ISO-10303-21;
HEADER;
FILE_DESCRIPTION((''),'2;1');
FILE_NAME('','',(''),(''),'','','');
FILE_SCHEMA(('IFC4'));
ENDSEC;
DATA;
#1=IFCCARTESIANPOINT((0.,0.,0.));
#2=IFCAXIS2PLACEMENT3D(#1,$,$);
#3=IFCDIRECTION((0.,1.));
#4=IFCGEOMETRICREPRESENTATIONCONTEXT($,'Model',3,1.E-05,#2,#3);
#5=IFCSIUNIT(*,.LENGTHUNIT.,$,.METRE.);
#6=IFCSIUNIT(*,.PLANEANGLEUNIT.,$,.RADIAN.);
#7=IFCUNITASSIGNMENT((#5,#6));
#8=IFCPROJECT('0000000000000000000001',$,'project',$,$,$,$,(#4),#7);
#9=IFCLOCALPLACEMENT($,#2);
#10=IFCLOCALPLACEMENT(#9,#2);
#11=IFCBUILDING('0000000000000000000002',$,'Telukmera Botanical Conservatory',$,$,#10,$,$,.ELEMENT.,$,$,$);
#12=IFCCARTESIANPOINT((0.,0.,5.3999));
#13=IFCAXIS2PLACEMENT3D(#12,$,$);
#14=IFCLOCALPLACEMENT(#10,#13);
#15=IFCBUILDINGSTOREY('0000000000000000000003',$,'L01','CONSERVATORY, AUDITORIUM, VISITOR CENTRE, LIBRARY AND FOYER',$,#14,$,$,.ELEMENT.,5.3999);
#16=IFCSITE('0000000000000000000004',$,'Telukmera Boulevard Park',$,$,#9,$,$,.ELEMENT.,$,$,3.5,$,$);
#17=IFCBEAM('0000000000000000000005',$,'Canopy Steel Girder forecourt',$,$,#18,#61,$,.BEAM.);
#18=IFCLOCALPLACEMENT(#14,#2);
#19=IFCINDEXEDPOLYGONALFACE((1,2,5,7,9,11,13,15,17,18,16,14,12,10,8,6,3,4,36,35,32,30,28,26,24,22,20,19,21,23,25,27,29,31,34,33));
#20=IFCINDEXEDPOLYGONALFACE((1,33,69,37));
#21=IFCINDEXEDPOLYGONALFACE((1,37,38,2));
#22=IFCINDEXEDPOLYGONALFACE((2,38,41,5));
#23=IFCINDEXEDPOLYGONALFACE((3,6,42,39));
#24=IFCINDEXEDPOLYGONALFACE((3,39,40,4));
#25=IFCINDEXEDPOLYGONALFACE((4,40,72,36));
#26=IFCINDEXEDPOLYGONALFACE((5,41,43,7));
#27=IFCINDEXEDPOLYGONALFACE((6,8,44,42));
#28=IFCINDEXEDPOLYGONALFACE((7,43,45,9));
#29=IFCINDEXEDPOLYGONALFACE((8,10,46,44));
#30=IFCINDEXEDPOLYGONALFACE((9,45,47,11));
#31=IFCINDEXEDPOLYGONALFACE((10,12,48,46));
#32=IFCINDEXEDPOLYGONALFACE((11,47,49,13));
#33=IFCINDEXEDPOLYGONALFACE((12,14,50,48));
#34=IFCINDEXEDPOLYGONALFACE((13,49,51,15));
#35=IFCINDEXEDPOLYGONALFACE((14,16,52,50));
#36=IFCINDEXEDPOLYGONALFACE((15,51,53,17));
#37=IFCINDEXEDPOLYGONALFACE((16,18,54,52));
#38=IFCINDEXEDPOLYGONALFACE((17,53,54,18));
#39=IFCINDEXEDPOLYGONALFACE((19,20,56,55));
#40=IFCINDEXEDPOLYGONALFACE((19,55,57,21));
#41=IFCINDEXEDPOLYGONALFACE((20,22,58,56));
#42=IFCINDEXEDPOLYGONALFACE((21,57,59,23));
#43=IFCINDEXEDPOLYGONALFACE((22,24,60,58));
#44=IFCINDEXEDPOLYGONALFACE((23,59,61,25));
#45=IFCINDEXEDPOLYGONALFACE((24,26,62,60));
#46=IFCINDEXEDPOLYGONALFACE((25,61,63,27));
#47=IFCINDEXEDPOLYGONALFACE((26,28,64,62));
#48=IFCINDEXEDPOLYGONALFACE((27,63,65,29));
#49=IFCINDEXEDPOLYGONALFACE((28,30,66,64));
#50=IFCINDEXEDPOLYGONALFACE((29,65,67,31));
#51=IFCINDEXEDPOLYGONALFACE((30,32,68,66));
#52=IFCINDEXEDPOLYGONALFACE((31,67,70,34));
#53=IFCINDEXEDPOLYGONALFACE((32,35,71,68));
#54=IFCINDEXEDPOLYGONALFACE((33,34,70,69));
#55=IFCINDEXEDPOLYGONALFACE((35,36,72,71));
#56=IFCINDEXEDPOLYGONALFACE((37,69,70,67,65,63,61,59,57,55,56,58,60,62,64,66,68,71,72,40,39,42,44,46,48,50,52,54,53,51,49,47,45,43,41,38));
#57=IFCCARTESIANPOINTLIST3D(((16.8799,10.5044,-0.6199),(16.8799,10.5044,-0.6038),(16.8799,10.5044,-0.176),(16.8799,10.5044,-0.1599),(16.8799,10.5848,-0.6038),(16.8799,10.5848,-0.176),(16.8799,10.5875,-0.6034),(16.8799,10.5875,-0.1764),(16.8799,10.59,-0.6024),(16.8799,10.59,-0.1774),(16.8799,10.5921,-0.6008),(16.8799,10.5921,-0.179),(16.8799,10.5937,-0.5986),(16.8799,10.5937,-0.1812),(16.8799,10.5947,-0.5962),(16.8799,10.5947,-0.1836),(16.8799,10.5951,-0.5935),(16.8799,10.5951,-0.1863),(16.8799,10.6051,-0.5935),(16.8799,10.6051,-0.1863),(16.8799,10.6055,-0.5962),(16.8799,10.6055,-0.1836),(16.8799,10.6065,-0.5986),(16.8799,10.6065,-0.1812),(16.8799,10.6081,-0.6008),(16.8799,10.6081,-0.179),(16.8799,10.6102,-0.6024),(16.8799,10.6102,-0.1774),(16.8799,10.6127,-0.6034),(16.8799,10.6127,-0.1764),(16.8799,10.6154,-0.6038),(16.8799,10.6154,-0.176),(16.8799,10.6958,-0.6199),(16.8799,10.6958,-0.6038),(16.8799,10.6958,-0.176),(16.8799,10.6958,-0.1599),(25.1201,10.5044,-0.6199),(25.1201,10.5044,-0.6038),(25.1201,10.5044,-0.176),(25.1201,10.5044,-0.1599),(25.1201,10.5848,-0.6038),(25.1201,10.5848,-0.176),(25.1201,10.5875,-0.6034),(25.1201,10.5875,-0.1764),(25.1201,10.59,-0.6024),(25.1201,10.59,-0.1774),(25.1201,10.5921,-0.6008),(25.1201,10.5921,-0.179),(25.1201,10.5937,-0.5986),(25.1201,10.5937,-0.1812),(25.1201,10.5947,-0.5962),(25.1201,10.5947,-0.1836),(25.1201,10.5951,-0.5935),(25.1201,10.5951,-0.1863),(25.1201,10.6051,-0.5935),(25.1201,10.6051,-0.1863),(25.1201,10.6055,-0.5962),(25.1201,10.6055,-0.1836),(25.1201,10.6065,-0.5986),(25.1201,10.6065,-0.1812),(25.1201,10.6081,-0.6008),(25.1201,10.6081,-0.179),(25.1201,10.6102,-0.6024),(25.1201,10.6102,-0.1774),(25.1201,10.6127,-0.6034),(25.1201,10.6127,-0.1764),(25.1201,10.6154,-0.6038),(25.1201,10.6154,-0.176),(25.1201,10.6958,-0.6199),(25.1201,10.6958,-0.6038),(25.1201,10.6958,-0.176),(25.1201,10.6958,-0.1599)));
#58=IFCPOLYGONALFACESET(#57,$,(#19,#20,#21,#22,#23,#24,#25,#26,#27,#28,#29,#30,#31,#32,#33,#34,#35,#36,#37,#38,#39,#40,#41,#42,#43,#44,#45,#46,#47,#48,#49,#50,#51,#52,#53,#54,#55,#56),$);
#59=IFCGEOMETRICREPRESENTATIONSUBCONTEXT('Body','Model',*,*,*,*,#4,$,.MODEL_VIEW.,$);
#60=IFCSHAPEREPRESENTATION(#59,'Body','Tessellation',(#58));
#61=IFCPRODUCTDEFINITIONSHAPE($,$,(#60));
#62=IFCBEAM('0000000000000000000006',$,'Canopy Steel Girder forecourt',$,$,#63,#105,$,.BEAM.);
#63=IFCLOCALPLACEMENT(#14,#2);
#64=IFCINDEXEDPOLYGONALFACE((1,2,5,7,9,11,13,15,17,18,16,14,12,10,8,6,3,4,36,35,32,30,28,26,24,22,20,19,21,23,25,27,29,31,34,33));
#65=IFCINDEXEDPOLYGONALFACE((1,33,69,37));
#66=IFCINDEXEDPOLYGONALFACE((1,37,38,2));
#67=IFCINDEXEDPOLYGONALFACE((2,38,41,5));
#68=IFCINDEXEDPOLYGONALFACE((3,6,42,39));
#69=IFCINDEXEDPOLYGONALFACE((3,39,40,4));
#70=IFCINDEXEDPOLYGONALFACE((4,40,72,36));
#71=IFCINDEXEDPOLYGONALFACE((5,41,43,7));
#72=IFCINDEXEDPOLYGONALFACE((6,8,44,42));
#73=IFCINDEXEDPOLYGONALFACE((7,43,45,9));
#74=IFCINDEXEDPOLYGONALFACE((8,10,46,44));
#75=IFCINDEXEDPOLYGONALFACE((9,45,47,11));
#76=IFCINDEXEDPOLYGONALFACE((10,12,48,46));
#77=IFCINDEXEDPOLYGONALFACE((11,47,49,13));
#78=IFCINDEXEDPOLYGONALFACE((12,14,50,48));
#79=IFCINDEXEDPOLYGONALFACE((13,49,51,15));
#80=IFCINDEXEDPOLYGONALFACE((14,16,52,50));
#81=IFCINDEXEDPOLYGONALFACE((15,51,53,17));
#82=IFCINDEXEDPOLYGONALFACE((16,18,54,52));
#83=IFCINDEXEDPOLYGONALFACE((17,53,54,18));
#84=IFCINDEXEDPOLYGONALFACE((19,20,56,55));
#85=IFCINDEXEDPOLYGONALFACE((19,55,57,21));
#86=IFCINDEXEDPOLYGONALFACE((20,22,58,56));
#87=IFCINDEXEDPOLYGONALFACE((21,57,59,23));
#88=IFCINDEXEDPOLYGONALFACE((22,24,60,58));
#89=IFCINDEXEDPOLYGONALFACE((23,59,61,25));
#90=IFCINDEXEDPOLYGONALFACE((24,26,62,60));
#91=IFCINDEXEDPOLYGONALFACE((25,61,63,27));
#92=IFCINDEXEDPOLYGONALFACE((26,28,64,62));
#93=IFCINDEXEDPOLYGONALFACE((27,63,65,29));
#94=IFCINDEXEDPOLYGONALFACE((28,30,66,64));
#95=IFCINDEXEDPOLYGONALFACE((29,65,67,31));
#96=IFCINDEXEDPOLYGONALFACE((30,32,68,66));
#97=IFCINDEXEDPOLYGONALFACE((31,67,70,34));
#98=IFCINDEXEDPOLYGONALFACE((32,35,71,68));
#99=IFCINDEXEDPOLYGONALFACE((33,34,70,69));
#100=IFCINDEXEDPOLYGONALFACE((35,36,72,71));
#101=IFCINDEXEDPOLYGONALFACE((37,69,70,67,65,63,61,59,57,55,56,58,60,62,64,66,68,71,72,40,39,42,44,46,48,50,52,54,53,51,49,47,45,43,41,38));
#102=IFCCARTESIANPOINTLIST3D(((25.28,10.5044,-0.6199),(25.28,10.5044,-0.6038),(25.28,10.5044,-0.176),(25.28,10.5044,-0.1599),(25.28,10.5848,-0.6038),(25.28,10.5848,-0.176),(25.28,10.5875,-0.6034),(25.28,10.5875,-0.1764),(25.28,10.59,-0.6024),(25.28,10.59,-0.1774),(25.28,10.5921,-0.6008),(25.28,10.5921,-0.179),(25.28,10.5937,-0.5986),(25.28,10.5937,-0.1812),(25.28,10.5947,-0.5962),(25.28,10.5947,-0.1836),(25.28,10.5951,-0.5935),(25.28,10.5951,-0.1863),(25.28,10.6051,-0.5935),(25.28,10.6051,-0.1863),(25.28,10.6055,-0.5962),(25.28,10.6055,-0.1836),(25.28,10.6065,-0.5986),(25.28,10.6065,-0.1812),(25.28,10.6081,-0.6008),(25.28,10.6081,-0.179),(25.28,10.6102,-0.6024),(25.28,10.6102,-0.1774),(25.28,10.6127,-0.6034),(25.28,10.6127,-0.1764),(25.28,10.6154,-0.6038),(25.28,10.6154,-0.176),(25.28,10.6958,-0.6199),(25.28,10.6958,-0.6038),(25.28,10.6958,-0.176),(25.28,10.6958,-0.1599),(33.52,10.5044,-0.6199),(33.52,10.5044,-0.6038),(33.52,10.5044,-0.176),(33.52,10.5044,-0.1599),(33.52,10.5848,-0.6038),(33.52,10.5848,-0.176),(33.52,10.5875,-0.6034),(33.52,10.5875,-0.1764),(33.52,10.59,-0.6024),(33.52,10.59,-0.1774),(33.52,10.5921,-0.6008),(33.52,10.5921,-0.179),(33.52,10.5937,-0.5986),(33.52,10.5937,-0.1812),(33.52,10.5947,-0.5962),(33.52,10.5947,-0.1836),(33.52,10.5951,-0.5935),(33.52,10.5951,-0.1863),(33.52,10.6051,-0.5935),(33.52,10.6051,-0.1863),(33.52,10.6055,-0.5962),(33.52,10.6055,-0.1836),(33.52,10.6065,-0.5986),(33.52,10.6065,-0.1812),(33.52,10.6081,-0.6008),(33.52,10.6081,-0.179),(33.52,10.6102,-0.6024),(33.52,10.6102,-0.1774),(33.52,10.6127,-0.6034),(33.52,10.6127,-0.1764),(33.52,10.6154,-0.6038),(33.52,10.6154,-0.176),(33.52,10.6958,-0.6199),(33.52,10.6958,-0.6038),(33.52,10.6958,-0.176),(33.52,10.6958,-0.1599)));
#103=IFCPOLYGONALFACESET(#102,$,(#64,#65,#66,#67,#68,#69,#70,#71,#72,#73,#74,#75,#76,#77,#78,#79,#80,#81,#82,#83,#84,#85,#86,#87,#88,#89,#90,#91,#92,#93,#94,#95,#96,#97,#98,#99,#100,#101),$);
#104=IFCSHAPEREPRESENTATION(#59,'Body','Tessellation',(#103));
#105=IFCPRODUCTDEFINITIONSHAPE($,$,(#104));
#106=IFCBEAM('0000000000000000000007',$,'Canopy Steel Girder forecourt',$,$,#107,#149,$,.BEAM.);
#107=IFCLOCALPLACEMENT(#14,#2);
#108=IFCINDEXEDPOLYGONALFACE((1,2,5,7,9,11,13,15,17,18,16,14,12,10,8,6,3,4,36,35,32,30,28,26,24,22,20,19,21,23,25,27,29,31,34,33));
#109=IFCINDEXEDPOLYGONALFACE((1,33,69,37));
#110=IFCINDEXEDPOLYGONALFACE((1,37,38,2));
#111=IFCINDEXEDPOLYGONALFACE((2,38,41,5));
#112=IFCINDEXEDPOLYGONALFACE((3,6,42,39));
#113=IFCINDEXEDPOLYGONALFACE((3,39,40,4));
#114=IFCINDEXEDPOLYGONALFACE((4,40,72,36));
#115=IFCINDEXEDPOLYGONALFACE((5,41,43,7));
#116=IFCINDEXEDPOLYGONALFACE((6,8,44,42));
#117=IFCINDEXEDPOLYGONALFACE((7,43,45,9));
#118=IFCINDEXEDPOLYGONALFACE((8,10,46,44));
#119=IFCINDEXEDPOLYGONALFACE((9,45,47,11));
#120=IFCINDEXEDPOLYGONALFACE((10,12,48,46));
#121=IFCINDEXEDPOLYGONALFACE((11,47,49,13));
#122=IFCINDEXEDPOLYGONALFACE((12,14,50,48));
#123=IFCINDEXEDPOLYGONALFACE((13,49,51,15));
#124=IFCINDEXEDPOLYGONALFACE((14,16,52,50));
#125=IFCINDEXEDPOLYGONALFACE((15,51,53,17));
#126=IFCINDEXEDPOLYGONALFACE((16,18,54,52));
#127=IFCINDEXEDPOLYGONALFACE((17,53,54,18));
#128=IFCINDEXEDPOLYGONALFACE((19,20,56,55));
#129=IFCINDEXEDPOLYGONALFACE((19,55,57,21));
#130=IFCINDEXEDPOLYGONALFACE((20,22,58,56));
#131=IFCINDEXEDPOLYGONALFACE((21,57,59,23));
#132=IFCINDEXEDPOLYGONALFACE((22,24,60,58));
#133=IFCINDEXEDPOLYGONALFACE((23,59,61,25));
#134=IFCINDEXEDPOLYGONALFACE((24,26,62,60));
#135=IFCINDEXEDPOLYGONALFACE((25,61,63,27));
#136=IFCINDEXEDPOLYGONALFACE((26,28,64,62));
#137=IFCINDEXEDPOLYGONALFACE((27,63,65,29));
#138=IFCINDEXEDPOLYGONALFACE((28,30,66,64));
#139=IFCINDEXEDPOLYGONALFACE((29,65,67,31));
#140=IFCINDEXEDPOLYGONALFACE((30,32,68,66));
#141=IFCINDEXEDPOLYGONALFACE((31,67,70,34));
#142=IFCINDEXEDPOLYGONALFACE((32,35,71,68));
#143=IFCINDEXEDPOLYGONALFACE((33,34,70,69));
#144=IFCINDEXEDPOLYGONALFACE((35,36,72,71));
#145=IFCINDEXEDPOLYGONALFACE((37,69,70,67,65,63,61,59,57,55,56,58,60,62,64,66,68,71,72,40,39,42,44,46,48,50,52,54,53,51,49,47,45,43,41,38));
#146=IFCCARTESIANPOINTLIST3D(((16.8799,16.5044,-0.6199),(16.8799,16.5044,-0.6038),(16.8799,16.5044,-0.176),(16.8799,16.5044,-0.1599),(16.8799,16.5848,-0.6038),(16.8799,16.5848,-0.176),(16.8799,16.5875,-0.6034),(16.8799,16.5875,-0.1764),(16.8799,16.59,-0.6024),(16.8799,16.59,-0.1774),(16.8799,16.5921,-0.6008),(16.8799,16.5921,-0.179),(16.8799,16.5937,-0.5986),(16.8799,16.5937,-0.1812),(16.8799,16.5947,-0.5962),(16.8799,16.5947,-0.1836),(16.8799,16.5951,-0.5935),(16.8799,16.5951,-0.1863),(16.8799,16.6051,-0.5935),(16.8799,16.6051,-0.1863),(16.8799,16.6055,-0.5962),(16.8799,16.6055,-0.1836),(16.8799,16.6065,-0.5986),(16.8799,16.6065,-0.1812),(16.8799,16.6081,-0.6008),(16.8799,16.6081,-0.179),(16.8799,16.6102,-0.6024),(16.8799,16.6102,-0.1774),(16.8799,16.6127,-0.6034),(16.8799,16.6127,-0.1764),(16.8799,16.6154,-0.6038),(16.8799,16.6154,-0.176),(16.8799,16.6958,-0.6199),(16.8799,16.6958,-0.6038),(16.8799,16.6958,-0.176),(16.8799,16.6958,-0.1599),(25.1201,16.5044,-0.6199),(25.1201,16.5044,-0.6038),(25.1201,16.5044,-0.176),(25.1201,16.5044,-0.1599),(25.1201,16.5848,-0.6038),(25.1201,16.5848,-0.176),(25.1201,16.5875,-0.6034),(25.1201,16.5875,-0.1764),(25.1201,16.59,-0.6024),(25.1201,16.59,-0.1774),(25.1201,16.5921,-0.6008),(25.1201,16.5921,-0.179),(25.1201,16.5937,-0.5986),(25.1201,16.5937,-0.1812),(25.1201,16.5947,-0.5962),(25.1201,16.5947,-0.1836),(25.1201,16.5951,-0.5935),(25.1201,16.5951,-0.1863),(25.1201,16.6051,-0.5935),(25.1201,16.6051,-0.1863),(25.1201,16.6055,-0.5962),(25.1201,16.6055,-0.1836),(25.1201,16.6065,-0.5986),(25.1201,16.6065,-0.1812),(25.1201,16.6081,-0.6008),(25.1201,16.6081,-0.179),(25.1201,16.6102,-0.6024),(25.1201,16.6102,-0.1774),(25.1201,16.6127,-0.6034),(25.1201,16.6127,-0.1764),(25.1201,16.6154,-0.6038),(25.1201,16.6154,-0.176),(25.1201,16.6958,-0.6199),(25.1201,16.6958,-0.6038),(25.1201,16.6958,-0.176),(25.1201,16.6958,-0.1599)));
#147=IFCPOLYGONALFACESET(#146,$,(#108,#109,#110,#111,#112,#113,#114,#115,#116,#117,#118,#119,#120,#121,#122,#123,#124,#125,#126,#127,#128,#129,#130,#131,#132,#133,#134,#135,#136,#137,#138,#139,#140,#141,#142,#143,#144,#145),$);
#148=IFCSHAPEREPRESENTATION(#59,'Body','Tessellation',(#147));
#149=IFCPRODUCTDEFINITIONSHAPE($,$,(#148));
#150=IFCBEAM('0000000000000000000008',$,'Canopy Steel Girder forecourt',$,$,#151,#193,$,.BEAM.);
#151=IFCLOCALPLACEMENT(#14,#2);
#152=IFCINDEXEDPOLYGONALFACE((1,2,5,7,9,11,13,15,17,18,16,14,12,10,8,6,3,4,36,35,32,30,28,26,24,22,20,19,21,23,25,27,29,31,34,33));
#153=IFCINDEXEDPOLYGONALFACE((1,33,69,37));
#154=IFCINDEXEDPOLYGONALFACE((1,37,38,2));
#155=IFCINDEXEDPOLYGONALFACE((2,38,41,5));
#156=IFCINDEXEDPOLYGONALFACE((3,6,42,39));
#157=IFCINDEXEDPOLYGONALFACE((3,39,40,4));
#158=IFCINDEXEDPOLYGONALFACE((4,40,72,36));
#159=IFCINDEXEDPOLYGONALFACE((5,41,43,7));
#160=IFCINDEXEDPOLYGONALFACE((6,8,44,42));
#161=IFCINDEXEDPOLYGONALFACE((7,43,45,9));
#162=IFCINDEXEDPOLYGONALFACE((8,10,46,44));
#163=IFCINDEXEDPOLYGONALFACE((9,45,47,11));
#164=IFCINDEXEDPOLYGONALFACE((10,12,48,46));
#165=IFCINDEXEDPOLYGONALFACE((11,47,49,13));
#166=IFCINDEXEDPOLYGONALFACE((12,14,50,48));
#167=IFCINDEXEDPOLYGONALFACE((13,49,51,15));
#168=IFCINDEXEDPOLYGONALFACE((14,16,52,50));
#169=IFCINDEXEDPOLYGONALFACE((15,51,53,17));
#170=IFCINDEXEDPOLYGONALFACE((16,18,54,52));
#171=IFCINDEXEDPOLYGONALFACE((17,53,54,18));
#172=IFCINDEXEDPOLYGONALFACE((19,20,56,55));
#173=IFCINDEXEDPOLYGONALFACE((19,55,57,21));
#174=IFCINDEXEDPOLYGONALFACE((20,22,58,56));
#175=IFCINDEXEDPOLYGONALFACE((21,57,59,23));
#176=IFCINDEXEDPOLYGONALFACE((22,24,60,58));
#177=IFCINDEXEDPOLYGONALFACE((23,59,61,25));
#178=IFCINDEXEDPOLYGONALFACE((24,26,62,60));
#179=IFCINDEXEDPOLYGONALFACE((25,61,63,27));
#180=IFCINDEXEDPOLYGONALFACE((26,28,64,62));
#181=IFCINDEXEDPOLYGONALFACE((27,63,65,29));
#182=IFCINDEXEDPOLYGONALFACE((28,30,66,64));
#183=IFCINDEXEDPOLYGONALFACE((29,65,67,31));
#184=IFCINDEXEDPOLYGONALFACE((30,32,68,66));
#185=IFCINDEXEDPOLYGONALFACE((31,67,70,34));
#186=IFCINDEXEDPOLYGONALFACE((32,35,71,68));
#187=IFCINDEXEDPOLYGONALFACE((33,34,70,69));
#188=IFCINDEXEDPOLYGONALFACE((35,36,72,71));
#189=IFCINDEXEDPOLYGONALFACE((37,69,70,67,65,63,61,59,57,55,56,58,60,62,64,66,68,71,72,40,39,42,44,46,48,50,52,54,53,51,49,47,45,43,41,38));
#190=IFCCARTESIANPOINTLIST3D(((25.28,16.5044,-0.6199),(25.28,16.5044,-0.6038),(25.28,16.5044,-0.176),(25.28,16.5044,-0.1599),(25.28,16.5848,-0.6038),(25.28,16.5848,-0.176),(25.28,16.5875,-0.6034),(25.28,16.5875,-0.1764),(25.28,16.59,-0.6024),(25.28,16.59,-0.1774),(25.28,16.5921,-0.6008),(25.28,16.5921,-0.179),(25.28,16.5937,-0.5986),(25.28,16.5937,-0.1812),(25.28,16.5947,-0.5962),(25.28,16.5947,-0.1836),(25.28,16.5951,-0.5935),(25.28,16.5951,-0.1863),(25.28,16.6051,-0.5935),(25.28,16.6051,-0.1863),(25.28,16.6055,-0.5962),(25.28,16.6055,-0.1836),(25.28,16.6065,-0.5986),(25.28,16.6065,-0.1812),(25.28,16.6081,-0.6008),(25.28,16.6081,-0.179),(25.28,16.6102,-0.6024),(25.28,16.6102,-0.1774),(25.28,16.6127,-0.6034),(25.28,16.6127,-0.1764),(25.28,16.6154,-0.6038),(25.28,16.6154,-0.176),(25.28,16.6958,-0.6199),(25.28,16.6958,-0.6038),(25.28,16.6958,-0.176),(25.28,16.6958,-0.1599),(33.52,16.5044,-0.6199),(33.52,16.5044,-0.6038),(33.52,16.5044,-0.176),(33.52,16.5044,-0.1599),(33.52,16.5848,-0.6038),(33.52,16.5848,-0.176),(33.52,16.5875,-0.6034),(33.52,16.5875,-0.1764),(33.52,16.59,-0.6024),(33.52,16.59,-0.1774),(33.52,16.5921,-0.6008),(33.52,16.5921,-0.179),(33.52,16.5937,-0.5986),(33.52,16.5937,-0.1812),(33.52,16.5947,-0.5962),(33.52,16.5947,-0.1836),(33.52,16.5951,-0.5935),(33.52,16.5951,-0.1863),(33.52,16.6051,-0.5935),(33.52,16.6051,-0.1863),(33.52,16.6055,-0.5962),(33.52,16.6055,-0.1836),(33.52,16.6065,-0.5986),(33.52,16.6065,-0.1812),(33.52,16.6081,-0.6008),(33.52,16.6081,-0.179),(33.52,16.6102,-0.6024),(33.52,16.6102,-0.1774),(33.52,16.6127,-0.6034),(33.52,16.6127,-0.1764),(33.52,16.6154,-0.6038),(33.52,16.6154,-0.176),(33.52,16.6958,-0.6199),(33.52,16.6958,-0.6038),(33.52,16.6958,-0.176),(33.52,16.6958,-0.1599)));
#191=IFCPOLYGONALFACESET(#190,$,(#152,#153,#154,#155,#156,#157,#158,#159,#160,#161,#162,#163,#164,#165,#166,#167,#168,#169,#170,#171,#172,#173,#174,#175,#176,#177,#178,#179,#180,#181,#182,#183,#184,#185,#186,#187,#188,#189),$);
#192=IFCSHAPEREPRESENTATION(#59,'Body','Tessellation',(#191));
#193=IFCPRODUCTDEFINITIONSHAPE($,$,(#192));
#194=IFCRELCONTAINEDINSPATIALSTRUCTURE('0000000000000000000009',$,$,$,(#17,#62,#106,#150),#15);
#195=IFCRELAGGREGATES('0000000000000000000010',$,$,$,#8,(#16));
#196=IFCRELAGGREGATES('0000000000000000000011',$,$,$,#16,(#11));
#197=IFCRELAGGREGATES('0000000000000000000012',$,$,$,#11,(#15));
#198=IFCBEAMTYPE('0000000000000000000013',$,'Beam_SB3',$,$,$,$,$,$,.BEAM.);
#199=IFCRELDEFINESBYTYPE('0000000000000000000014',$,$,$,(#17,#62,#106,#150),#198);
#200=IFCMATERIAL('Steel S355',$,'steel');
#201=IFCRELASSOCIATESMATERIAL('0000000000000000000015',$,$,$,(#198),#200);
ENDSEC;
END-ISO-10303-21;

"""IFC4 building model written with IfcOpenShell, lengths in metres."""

from ifc_helpers import new_model, si_unit, direction, frame, origin, origin_2d, place, context, subcontext, project, spatial, i_section, extrude, material, material_profile, profile_set, type_object, element, save


model = new_model("IFC4")

# Units and contexts
model_context = context("Model", 3, precision=1e-05, world=origin(), true_north=direction((0.0, 1.0)))
body_context = subcontext(model_context, "Body", "Model", "MODEL_VIEW")
ifc_project = project(units=[si_unit("LENGTHUNIT", "METRE"), si_unit("PLANEANGLEUNIT", "RADIAN")], contexts=[model_context])

# Site, building, storey
site_placement = place(None, origin())
site = spatial("IfcSite", under=ifc_project, at=site_placement, Name="Telukmera Boulevard Park", CompositionType="ELEMENT", RefElevation=3.5)
building_placement = place(site_placement, origin())
building = spatial("IfcBuilding", under=site, at=building_placement, Name="Telukmera Botanical Conservatory", CompositionType="ELEMENT")
storey_placement = place(building_placement, frame((0.0, 0.0, 5.3999)))
storey = spatial("IfcBuildingStorey", under=building, at=storey_placement, Name="L01", Description="CONSERVATORY, AUDITORIUM, VISITOR CENTRE, LIBRARY AND FOYER", CompositionType="ELEMENT", Elevation=5.3999)

# Beams
ifc_material_1 = material(Name="Steel S355", Category="steel")
ifc_material_profile_1 = material_profile(ifc_material_1, i_section(OverallWidth=0.1914, OverallDepth=0.46, WebThickness=0.01, FlangeThickness=0.0161, FilletRadius=0.0103, at=origin_2d()), Name="UB 457x191x82")
ifc_profile_set_1 = profile_set([ifc_material_profile_1], Name="Steel S355")
beam_type_1 = type_object("IfcBeamType", Name="Beam_SB3", PredefinedType="BEAM", material=ifc_profile_set_1)
beam_1_placement = place(storey_placement, frame((16.8799, 10.6001, -0.3899), z_axis=(1.0, 0.0, 0.0), x_axis=(0.0, 1.0, 0.0)))
element("IfcBeam", 1, at=beam_1_placement, inside=storey, type_object=beam_type_1, Name="Canopy Steel Girder forecourt", PredefinedType="BEAM", context=body_context, shape_type="SweptSolid", body=[
    extrude(i_section(OverallWidth=0.1914, OverallDepth=0.46, WebThickness=0.01, FlangeThickness=0.0161, FilletRadius=0.0103, at=origin_2d()), origin(), (0.0, 0.0, 1.0), 8.2402),
])
beam_2_placement = place(storey_placement, frame((25.28, 10.6001, -0.3899), z_axis=(1.0, 0.0, 0.0), x_axis=(0.0, 1.0, 0.0)))
element("IfcBeam", 2, at=beam_2_placement, inside=storey, type_object=beam_type_1, Name="Canopy Steel Girder forecourt", PredefinedType="BEAM", context=body_context, shape_type="SweptSolid", body=[
    extrude(i_section(OverallWidth=0.1914, OverallDepth=0.46, WebThickness=0.01, FlangeThickness=0.0161, FilletRadius=0.0103, at=origin_2d()), origin(), (0.0, 0.0, 1.0), 8.24),
])
beam_3_placement = place(storey_placement, frame((16.8799, 16.6001, -0.3899), z_axis=(1.0, 0.0, 0.0), x_axis=(0.0, 1.0, 0.0)))
element("IfcBeam", 3, at=beam_3_placement, inside=storey, type_object=beam_type_1, Name="Canopy Steel Girder forecourt", PredefinedType="BEAM", context=body_context, shape_type="SweptSolid", body=[
    extrude(i_section(OverallWidth=0.1914, OverallDepth=0.46, WebThickness=0.01, FlangeThickness=0.0161, FilletRadius=0.0103, at=origin_2d()), origin(), (0.0, 0.0, 1.0), 8.2402),
])
beam_4_placement = place(storey_placement, frame((25.28, 16.6001, -0.3899), z_axis=(1.0, 0.0, 0.0), x_axis=(0.0, 1.0, 0.0)))
element("IfcBeam", 4, at=beam_4_placement, inside=storey, type_object=beam_type_1, Name="Canopy Steel Girder forecourt", PredefinedType="BEAM", context=body_context, shape_type="SweptSolid", body=[
    extrude(i_section(OverallWidth=0.1914, OverallDepth=0.46, WebThickness=0.01, FlangeThickness=0.0161, FilletRadius=0.0103, at=origin_2d()), origin(), (0.0, 0.0, 1.0), 8.24),
])

save(model, "model.ifc")
